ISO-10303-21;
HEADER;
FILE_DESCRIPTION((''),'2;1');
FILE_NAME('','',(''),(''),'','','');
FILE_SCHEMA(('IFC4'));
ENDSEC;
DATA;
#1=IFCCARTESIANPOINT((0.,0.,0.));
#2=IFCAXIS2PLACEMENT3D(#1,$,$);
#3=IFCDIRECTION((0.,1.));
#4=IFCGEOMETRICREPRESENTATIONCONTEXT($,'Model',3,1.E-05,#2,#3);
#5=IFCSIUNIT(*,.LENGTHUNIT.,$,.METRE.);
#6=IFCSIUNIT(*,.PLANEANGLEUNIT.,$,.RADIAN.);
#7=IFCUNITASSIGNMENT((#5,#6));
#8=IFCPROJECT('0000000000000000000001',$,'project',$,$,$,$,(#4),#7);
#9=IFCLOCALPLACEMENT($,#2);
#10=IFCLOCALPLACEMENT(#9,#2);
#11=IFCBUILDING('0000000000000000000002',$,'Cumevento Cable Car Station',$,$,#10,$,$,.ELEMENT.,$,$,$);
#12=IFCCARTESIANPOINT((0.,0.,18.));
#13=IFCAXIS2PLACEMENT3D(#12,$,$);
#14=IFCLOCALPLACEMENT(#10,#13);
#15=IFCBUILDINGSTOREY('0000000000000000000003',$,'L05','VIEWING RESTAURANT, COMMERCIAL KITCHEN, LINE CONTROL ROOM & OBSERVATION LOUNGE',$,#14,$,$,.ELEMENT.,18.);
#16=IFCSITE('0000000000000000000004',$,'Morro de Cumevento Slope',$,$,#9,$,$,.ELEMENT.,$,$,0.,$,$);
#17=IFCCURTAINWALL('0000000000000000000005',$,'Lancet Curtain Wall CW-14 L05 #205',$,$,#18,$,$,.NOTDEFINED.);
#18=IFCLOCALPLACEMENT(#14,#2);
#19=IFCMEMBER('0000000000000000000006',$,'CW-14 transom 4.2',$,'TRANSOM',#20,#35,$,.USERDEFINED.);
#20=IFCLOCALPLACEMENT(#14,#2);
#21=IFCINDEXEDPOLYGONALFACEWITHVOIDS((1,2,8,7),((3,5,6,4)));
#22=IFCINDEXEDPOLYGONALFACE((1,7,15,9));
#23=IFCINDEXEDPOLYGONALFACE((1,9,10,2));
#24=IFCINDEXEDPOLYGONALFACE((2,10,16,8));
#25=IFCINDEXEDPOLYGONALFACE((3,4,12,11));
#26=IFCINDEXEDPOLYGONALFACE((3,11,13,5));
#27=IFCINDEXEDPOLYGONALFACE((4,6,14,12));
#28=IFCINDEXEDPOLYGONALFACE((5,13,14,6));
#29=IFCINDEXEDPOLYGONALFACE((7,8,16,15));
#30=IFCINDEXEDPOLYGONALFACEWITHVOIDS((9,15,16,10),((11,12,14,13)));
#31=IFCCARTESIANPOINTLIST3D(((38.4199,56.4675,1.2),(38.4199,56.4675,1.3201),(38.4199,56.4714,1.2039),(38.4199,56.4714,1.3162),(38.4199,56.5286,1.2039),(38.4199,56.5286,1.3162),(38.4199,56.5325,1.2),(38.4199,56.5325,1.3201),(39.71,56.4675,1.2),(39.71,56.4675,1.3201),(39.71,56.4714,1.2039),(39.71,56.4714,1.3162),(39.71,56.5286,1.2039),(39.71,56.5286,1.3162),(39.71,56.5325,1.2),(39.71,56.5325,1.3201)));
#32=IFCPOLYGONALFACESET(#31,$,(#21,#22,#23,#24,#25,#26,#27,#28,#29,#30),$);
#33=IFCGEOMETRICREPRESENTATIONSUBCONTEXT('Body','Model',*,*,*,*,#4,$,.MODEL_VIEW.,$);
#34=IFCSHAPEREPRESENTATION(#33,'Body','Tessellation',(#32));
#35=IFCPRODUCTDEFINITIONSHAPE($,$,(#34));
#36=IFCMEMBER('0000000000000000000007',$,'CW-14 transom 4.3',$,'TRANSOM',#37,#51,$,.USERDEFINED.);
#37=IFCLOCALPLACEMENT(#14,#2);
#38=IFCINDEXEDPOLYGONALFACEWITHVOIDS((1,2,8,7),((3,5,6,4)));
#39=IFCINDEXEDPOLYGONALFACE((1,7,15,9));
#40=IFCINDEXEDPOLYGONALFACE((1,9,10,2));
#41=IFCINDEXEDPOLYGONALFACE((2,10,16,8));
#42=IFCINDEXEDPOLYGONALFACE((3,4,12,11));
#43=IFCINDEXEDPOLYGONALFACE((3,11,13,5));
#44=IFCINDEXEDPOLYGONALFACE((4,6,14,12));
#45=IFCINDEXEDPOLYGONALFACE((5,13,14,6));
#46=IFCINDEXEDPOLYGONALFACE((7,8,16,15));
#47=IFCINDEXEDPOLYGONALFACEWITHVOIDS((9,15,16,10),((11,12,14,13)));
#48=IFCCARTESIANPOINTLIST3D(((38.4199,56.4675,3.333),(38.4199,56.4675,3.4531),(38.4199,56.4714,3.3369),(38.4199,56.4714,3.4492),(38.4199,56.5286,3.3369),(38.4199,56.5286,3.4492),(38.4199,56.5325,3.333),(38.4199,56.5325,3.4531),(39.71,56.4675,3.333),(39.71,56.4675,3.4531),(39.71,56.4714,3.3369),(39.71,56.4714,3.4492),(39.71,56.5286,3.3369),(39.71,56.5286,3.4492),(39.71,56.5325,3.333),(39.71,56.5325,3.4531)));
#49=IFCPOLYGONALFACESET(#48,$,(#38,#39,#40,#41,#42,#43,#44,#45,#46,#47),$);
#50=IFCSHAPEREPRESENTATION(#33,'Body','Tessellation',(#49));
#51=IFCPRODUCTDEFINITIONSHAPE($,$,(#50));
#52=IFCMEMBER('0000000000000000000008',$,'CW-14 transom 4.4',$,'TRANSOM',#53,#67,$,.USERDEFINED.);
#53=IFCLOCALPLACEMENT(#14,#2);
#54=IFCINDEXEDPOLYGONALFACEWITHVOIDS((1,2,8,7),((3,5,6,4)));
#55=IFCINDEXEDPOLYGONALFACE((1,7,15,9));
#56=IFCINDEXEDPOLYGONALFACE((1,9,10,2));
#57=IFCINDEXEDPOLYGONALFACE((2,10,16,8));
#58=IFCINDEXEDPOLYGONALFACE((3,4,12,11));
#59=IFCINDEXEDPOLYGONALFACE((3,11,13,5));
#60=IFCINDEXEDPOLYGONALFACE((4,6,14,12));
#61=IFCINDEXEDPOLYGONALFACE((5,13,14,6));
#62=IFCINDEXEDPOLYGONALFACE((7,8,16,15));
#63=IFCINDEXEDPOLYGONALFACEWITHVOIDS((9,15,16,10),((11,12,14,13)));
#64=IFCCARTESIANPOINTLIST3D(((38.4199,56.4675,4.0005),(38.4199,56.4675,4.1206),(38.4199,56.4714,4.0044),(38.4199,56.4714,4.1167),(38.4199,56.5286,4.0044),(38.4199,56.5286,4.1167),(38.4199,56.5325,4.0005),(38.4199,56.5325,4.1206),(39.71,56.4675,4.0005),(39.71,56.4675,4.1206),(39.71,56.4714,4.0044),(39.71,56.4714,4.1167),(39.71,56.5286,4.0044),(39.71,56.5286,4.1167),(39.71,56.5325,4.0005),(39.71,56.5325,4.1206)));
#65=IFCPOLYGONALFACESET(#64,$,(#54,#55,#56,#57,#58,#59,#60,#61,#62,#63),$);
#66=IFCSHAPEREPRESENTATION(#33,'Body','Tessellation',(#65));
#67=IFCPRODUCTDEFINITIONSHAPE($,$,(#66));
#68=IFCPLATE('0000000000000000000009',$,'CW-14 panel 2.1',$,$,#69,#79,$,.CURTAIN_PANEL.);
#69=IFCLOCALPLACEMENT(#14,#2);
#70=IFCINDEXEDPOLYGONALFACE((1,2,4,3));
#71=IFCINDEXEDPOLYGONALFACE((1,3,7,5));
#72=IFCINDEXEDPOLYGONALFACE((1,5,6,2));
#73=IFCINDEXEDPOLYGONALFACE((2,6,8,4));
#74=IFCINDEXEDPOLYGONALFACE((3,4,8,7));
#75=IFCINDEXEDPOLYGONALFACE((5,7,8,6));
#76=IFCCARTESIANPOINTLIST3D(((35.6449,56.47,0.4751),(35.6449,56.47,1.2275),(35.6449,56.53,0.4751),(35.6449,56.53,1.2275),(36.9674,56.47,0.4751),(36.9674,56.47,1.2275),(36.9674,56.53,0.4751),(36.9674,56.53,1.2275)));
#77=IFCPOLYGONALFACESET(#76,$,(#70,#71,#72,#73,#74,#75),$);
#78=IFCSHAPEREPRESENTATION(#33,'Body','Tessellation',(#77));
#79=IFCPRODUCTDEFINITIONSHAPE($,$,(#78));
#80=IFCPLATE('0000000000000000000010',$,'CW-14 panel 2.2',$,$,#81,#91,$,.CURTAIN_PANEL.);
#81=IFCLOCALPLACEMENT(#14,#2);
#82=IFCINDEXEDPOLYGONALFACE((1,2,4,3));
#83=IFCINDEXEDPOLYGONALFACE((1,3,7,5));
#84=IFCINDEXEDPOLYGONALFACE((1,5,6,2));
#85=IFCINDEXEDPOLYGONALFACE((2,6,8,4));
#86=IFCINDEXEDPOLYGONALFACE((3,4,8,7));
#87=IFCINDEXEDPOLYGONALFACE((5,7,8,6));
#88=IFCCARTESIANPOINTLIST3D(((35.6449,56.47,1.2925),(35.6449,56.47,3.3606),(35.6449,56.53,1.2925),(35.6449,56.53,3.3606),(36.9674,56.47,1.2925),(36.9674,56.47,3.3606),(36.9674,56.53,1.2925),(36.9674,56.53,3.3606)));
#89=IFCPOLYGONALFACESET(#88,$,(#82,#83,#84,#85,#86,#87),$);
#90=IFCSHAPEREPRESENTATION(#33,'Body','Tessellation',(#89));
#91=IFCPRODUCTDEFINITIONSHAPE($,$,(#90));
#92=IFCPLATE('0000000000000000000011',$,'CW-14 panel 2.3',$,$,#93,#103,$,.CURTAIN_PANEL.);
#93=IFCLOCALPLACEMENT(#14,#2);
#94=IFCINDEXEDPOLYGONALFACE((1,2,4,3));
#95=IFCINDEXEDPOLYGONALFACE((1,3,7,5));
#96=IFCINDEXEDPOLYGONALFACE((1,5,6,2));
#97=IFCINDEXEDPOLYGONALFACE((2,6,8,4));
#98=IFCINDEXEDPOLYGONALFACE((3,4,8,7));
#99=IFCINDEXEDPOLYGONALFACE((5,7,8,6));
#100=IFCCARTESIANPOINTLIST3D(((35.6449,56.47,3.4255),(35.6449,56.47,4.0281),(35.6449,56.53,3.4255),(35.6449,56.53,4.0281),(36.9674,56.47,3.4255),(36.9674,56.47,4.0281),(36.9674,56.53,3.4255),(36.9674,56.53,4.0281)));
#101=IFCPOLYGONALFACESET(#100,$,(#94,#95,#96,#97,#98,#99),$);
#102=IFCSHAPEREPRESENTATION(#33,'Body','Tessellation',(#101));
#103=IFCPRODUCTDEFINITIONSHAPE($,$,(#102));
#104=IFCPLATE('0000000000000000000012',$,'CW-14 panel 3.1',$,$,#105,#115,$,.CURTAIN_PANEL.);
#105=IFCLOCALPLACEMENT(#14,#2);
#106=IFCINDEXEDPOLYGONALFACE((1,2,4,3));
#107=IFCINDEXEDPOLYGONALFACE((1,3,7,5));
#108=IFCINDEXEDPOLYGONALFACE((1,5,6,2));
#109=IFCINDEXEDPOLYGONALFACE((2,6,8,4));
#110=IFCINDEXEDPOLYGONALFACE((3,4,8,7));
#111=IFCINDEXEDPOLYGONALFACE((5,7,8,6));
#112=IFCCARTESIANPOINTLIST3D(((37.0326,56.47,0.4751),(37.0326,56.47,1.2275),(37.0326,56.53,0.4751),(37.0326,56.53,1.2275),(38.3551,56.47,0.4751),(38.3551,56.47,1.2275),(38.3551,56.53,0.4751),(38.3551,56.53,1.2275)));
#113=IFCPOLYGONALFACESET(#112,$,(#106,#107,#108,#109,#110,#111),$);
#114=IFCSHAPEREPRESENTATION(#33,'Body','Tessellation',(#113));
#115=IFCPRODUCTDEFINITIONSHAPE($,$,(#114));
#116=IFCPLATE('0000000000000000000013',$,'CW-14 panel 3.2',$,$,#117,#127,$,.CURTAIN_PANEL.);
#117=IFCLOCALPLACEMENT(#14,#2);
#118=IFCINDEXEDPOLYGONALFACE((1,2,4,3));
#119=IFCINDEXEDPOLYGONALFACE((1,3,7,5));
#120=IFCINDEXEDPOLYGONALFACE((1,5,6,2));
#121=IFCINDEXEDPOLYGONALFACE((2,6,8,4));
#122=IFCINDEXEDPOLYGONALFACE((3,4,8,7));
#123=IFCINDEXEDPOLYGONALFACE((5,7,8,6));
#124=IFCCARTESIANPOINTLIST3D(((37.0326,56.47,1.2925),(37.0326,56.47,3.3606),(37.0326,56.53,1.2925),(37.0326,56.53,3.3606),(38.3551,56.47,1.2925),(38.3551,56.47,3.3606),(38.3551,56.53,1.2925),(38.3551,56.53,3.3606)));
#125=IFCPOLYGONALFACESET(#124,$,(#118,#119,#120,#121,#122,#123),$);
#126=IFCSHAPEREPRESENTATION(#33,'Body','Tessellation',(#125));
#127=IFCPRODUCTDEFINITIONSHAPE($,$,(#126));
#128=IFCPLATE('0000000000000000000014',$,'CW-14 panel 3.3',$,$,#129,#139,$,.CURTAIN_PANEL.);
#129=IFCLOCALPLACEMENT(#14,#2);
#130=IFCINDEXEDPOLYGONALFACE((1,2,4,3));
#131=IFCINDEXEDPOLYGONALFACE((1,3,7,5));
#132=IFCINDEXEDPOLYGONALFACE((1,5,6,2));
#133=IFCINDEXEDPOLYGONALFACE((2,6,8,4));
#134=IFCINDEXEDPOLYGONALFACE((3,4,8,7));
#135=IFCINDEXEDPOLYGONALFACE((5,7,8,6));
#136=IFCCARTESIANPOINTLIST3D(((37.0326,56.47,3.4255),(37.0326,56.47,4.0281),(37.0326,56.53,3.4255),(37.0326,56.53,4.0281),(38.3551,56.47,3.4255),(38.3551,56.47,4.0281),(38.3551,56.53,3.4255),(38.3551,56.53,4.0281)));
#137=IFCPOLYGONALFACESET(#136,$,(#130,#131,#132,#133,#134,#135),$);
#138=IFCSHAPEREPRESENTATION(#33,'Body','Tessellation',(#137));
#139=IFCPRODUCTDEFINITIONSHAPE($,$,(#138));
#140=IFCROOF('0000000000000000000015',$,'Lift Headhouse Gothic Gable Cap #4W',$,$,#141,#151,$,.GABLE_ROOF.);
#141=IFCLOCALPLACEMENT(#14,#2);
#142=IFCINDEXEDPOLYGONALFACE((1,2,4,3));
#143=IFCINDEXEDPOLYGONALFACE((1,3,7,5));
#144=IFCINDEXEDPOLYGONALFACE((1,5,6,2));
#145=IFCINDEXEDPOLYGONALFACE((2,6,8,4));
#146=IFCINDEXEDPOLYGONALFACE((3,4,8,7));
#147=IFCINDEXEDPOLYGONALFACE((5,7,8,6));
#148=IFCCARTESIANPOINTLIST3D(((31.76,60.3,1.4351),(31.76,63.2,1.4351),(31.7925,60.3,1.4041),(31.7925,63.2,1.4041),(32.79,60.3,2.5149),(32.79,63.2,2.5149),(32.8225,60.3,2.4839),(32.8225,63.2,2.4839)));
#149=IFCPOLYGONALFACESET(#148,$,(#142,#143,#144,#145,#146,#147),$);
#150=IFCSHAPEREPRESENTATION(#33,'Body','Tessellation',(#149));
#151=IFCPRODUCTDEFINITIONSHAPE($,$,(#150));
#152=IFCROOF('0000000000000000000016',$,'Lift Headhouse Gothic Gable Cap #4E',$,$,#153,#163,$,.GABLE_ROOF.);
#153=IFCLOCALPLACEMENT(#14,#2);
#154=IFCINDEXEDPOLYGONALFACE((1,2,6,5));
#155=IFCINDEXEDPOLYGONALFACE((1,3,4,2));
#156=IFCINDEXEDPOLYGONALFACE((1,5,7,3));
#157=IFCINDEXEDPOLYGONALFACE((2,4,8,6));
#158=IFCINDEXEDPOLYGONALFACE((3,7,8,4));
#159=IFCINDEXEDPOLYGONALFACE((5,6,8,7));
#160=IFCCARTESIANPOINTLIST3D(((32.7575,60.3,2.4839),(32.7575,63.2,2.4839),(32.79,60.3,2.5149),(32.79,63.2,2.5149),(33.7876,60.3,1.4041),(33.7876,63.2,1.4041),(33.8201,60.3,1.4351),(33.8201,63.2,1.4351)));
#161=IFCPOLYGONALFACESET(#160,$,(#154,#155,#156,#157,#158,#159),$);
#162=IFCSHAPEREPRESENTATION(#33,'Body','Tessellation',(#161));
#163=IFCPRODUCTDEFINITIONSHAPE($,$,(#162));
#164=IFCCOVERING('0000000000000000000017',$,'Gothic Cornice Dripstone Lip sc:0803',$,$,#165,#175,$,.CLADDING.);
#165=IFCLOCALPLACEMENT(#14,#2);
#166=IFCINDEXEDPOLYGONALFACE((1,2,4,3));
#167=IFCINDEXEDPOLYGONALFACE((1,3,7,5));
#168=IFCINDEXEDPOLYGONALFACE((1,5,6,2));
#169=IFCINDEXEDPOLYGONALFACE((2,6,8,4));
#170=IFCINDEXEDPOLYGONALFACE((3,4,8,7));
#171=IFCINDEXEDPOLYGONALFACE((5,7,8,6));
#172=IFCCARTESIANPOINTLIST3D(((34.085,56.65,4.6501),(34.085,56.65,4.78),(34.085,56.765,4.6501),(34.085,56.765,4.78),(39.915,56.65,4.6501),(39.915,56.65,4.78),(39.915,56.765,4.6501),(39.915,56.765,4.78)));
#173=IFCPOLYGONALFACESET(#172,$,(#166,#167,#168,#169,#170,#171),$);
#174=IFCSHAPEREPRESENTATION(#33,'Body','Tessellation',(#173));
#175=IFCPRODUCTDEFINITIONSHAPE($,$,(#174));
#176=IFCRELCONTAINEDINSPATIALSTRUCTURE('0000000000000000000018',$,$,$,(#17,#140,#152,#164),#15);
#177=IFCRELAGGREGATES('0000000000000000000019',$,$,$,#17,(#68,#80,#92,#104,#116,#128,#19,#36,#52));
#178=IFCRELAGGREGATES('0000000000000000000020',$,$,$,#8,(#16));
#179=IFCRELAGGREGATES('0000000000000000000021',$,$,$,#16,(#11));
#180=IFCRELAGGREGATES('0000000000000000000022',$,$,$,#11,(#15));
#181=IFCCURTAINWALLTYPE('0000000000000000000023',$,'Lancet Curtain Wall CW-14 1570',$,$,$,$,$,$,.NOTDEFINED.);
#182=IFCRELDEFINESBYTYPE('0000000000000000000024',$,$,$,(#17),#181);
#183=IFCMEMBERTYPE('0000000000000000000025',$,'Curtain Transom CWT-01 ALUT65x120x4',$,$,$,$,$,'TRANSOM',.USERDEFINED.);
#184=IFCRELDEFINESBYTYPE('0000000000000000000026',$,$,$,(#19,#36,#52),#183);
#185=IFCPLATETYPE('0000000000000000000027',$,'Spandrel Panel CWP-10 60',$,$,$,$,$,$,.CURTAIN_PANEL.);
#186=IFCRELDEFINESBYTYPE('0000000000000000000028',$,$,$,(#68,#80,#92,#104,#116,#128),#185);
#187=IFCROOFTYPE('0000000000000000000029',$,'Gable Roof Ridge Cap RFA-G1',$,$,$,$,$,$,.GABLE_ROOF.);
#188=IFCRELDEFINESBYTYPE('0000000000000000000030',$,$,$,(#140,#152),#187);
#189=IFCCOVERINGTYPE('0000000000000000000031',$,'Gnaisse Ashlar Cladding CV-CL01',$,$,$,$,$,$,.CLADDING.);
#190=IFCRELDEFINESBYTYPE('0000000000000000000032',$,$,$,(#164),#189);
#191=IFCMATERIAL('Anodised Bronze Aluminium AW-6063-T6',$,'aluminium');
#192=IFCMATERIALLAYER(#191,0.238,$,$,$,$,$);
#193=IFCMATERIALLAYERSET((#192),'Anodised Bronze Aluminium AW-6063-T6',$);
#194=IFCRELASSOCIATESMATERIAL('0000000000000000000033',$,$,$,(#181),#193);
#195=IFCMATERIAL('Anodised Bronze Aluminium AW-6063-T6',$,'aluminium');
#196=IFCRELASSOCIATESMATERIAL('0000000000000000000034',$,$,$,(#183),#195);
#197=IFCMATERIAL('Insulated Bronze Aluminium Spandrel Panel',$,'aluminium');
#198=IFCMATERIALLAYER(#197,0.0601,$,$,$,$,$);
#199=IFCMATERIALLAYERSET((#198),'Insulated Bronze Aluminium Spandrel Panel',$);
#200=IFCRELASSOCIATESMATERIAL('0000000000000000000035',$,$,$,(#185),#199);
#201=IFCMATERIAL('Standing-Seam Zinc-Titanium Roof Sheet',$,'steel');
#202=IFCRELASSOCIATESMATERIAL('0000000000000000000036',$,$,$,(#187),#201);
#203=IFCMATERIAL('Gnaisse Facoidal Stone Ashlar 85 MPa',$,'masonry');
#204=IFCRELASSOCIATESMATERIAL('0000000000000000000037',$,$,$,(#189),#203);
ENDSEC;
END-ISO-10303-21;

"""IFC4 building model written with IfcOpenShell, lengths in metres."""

from ifc_helpers import new_model, si_unit, direction, frame, origin, origin_2d, place, context, subcontext, project, spatial, polyline, rectangle, hollow_rectangle, outline, extrude, material, layer, layer_set, material_profile, profile_set, type_object, element, aggregate, save


model = new_model("IFC4")

# Units and contexts
model_context = context("Model", 3, precision=1e-05, world=origin(), true_north=direction((0.0, 1.0)))
body_context = subcontext(model_context, "Body", "Model", "MODEL_VIEW")
ifc_project = project(units=[si_unit("LENGTHUNIT", "METRE"), si_unit("PLANEANGLEUNIT", "RADIAN")], contexts=[model_context])

# Site, building, storey
site_placement = place(None, origin())
site = spatial("IfcSite", under=ifc_project, at=site_placement, Name="Morro de Cumevento Slope", CompositionType="ELEMENT", RefElevation=0.0)
building_placement = place(site_placement, origin())
building = spatial("IfcBuilding", under=site, at=building_placement, Name="Cumevento Cable Car Station", CompositionType="ELEMENT")
storey_placement = place(building_placement, frame((0.0, 0.0, 18.0)))
storey = spatial("IfcBuildingStorey", under=building, at=storey_placement, Name="L05", Description="VIEWING RESTAURANT, COMMERCIAL KITCHEN, LINE CONTROL ROOM & OBSERVATION LOUNGE", CompositionType="ELEMENT", Elevation=18.0)

# Curtain wall, members, plates
ifc_material_1 = material(Name="Anodised Bronze Aluminium AW-6063-T6", Category="aluminium")
ifc_layer_1 = layer(ifc_material_1, 0.238)
ifc_layer_set_1 = layer_set([ifc_layer_1], Name="Anodised Bronze Aluminium AW-6063-T6")
curtain_wall_type = type_object("IfcCurtainWallType", Name="Lancet Curtain Wall CW-14 1570", PredefinedType="NOTDEFINED", material=ifc_layer_set_1)
curtain_wall_placement = place(storey_placement, origin())
curtain_wall = element("IfcCurtainWall", 1, at=curtain_wall_placement, inside=storey, type_object=curtain_wall_type, Name="Lancet Curtain Wall CW-14 L05 #205", PredefinedType="NOTDEFINED")
ifc_material_2 = material(Name="Anodised Bronze Aluminium AW-6063-T6", Category="aluminium")
ifc_material_profile_1 = material_profile(ifc_material_2, hollow_rectangle(XDim=0.0649, YDim=0.1201, WallThickness=0.0039, at=origin_2d()), Name="ALUT65x120x4")
ifc_profile_set_1 = profile_set([ifc_material_profile_1], Name="Anodised Bronze Aluminium AW-6063-T6")
member_type_1 = type_object("IfcMemberType", Name="Curtain Transom CWT-01 ALUT65x120x4", ElementType="TRANSOM", PredefinedType="USERDEFINED", material=ifc_profile_set_1)
member_1_placement = place(storey_placement, frame((38.4199, 56.5, 1.26), z_axis=(1.0, 0.0, 0.0), x_axis=(0.0, 1.0, 0.0)))
member_1 = element("IfcMember", 2, at=member_1_placement, type_object=member_type_1, Name="CW-14 transom 4.2", ObjectType="TRANSOM", PredefinedType="USERDEFINED", context=body_context, shape_type="SweptSolid", body=[
    extrude(hollow_rectangle(XDim=0.0649, YDim=0.1201, WallThickness=0.0039, at=origin_2d()), origin(), (0.0, 0.0, 1.0), 1.29),
])
member_2_placement = place(storey_placement, frame((38.4199, 56.5, 3.3931), z_axis=(1.0, 0.0, 0.0), x_axis=(0.0, 1.0, 0.0)))
member_2 = element("IfcMember", 3, at=member_2_placement, type_object=member_type_1, Name="CW-14 transom 4.3", ObjectType="TRANSOM", PredefinedType="USERDEFINED", context=body_context, shape_type="SweptSolid", body=[
    extrude(hollow_rectangle(XDim=0.0649, YDim=0.1201, WallThickness=0.0039, at=origin_2d()), origin(), (0.0, 0.0, 1.0), 1.29),
])
member_3_placement = place(storey_placement, frame((38.4199, 56.5, 4.0605), z_axis=(1.0, 0.0, 0.0), x_axis=(0.0, 1.0, 0.0)))
member_3 = element("IfcMember", 4, at=member_3_placement, type_object=member_type_1, Name="CW-14 transom 4.4", ObjectType="TRANSOM", PredefinedType="USERDEFINED", context=body_context, shape_type="SweptSolid", body=[
    extrude(hollow_rectangle(XDim=0.0649, YDim=0.1201, WallThickness=0.0039, at=origin_2d()), origin(), (0.0, 0.0, 1.0), 1.29),
])
ifc_material_3 = material(Name="Insulated Bronze Aluminium Spandrel Panel", Category="aluminium")
ifc_layer_2 = layer(ifc_material_3, 0.0601)
ifc_layer_set_2 = layer_set([ifc_layer_2], Name="Insulated Bronze Aluminium Spandrel Panel")
plate_type = type_object("IfcPlateType", Name="Spandrel Panel CWP-10 60", PredefinedType="CURTAIN_PANEL", material=ifc_layer_set_2)
plate_1_placement = place(storey_placement, frame((36.3062, 56.5, 0.4751), z_axis=(0.0, 0.0, 1.0), x_axis=(1.0, 0.0, 0.0)))
plate_1 = element("IfcPlate", 5, at=plate_1_placement, type_object=plate_type, Name="CW-14 panel 2.1", PredefinedType="CURTAIN_PANEL", context=body_context, shape_type="SweptSolid", body=[
    extrude(rectangle(XDim=1.3225, YDim=0.0601, at=origin_2d()), origin(), (0.0, 0.0, 1.0), 0.7524),
])
plate_2_placement = place(storey_placement, frame((36.3062, 56.5, 1.2925), z_axis=(0.0, 0.0, 1.0), x_axis=(1.0, 0.0, 0.0)))
plate_2 = element("IfcPlate", 6, at=plate_2_placement, type_object=plate_type, Name="CW-14 panel 2.2", PredefinedType="CURTAIN_PANEL", context=body_context, shape_type="SweptSolid", body=[
    extrude(rectangle(XDim=1.3225, YDim=0.0601, at=origin_2d()), origin(), (0.0, 0.0, 1.0), 2.0681),
])
plate_3_placement = place(storey_placement, frame((36.3062, 56.5, 3.4255), z_axis=(0.0, 0.0, 1.0), x_axis=(1.0, 0.0, 0.0)))
plate_3 = element("IfcPlate", 7, at=plate_3_placement, type_object=plate_type, Name="CW-14 panel 2.3", PredefinedType="CURTAIN_PANEL", context=body_context, shape_type="SweptSolid", body=[
    extrude(rectangle(XDim=1.3225, YDim=0.0601, at=origin_2d()), origin(), (0.0, 0.0, 1.0), 0.6025),
])
plate_4_placement = place(storey_placement, frame((37.6938, 56.5, 0.4751), z_axis=(0.0, 0.0, 1.0), x_axis=(1.0, 0.0, 0.0)))
plate_4 = element("IfcPlate", 8, at=plate_4_placement, type_object=plate_type, Name="CW-14 panel 3.1", PredefinedType="CURTAIN_PANEL", context=body_context, shape_type="SweptSolid", body=[
    extrude(rectangle(XDim=1.3225, YDim=0.0601, at=origin_2d()), origin(), (0.0, 0.0, 1.0), 0.7524),
])
plate_5_placement = place(storey_placement, frame((37.6938, 56.5, 1.2925), z_axis=(0.0, 0.0, 1.0), x_axis=(1.0, 0.0, 0.0)))
plate_5 = element("IfcPlate", 9, at=plate_5_placement, type_object=plate_type, Name="CW-14 panel 3.2", PredefinedType="CURTAIN_PANEL", context=body_context, shape_type="SweptSolid", body=[
    extrude(rectangle(XDim=1.3225, YDim=0.0601, at=origin_2d()), origin(), (0.0, 0.0, 1.0), 2.0681),
])
plate_6_placement = place(storey_placement, frame((37.6938, 56.5, 3.4255), z_axis=(0.0, 0.0, 1.0), x_axis=(1.0, 0.0, 0.0)))
plate_6 = element("IfcPlate", 10, at=plate_6_placement, type_object=plate_type, Name="CW-14 panel 3.3", PredefinedType="CURTAIN_PANEL", context=body_context, shape_type="SweptSolid", body=[
    extrude(rectangle(XDim=1.3225, YDim=0.0601, at=origin_2d()), origin(), (0.0, 0.0, 1.0), 0.6025),
])
aggregate(curtain_wall, [plate_1, plate_2, plate_3, plate_4, plate_5, plate_6, member_1, member_2, member_3])

# Roofs
ifc_material_4 = material(Name="Standing-Seam Zinc-Titanium Roof Sheet", Category="steel")
roof_type = type_object("IfcRoofType", Name="Gable Roof Ridge Cap RFA-G1", PredefinedType="GABLE_ROOF", material=ifc_material_4)
for number, where, z_axis, x_axis, name in (
    (11, (31.76, 63.2, 1.4351), (-0.723597, 0.0, 0.690223), (0.0, -1.0, 0.0), "Lift Headhouse Gothic Gable Cap #4W"),
    (12, (32.79, 63.2, 2.5149), (0.723597, 0.0, 0.690223), (0.0, -1.0, 0.0), "Lift Headhouse Gothic Gable Cap #4E"),
):
    element("IfcRoof", number, at=place(storey_placement, frame(where, z_axis=z_axis, x_axis=x_axis)), inside=storey, type_object=roof_type, Name=name, PredefinedType="GABLE_ROOF", context=body_context, shape_type="SweptSolid", body=[
        extrude(outline(polyline([(0.0, 0.0), (2.8999, 0.0), (2.8999, 1.4923), (0.0, 1.4923), (0.0, 0.0)])), origin(), (0.0, 0.0, -1.0), 0.0449),
    ])

# Covering
ifc_material_5 = material(Name="Gnaisse Facoidal Stone Ashlar 85 MPa", Category="masonry")
covering_type = type_object("IfcCoveringType", Name="Gnaisse Ashlar Cladding CV-CL01", PredefinedType="CLADDING", material=ifc_material_5)
covering_placement = place(storey_placement, frame((37.0, 56.7075, 4.6501), z_axis=(0.0, 0.0, 1.0), x_axis=(1.0, 0.0, 0.0)))
element("IfcCovering", 13, at=covering_placement, inside=storey, type_object=covering_type, Name="Gothic Cornice Dripstone Lip sc:0803", PredefinedType="CLADDING", context=body_context, shape_type="SweptSolid", body=[
    extrude(rectangle(XDim=5.8301, YDim=0.115, at=origin_2d()), origin(), (0.0, 0.0, 1.0), 0.1299),
])

save(model, "model.ifc")
